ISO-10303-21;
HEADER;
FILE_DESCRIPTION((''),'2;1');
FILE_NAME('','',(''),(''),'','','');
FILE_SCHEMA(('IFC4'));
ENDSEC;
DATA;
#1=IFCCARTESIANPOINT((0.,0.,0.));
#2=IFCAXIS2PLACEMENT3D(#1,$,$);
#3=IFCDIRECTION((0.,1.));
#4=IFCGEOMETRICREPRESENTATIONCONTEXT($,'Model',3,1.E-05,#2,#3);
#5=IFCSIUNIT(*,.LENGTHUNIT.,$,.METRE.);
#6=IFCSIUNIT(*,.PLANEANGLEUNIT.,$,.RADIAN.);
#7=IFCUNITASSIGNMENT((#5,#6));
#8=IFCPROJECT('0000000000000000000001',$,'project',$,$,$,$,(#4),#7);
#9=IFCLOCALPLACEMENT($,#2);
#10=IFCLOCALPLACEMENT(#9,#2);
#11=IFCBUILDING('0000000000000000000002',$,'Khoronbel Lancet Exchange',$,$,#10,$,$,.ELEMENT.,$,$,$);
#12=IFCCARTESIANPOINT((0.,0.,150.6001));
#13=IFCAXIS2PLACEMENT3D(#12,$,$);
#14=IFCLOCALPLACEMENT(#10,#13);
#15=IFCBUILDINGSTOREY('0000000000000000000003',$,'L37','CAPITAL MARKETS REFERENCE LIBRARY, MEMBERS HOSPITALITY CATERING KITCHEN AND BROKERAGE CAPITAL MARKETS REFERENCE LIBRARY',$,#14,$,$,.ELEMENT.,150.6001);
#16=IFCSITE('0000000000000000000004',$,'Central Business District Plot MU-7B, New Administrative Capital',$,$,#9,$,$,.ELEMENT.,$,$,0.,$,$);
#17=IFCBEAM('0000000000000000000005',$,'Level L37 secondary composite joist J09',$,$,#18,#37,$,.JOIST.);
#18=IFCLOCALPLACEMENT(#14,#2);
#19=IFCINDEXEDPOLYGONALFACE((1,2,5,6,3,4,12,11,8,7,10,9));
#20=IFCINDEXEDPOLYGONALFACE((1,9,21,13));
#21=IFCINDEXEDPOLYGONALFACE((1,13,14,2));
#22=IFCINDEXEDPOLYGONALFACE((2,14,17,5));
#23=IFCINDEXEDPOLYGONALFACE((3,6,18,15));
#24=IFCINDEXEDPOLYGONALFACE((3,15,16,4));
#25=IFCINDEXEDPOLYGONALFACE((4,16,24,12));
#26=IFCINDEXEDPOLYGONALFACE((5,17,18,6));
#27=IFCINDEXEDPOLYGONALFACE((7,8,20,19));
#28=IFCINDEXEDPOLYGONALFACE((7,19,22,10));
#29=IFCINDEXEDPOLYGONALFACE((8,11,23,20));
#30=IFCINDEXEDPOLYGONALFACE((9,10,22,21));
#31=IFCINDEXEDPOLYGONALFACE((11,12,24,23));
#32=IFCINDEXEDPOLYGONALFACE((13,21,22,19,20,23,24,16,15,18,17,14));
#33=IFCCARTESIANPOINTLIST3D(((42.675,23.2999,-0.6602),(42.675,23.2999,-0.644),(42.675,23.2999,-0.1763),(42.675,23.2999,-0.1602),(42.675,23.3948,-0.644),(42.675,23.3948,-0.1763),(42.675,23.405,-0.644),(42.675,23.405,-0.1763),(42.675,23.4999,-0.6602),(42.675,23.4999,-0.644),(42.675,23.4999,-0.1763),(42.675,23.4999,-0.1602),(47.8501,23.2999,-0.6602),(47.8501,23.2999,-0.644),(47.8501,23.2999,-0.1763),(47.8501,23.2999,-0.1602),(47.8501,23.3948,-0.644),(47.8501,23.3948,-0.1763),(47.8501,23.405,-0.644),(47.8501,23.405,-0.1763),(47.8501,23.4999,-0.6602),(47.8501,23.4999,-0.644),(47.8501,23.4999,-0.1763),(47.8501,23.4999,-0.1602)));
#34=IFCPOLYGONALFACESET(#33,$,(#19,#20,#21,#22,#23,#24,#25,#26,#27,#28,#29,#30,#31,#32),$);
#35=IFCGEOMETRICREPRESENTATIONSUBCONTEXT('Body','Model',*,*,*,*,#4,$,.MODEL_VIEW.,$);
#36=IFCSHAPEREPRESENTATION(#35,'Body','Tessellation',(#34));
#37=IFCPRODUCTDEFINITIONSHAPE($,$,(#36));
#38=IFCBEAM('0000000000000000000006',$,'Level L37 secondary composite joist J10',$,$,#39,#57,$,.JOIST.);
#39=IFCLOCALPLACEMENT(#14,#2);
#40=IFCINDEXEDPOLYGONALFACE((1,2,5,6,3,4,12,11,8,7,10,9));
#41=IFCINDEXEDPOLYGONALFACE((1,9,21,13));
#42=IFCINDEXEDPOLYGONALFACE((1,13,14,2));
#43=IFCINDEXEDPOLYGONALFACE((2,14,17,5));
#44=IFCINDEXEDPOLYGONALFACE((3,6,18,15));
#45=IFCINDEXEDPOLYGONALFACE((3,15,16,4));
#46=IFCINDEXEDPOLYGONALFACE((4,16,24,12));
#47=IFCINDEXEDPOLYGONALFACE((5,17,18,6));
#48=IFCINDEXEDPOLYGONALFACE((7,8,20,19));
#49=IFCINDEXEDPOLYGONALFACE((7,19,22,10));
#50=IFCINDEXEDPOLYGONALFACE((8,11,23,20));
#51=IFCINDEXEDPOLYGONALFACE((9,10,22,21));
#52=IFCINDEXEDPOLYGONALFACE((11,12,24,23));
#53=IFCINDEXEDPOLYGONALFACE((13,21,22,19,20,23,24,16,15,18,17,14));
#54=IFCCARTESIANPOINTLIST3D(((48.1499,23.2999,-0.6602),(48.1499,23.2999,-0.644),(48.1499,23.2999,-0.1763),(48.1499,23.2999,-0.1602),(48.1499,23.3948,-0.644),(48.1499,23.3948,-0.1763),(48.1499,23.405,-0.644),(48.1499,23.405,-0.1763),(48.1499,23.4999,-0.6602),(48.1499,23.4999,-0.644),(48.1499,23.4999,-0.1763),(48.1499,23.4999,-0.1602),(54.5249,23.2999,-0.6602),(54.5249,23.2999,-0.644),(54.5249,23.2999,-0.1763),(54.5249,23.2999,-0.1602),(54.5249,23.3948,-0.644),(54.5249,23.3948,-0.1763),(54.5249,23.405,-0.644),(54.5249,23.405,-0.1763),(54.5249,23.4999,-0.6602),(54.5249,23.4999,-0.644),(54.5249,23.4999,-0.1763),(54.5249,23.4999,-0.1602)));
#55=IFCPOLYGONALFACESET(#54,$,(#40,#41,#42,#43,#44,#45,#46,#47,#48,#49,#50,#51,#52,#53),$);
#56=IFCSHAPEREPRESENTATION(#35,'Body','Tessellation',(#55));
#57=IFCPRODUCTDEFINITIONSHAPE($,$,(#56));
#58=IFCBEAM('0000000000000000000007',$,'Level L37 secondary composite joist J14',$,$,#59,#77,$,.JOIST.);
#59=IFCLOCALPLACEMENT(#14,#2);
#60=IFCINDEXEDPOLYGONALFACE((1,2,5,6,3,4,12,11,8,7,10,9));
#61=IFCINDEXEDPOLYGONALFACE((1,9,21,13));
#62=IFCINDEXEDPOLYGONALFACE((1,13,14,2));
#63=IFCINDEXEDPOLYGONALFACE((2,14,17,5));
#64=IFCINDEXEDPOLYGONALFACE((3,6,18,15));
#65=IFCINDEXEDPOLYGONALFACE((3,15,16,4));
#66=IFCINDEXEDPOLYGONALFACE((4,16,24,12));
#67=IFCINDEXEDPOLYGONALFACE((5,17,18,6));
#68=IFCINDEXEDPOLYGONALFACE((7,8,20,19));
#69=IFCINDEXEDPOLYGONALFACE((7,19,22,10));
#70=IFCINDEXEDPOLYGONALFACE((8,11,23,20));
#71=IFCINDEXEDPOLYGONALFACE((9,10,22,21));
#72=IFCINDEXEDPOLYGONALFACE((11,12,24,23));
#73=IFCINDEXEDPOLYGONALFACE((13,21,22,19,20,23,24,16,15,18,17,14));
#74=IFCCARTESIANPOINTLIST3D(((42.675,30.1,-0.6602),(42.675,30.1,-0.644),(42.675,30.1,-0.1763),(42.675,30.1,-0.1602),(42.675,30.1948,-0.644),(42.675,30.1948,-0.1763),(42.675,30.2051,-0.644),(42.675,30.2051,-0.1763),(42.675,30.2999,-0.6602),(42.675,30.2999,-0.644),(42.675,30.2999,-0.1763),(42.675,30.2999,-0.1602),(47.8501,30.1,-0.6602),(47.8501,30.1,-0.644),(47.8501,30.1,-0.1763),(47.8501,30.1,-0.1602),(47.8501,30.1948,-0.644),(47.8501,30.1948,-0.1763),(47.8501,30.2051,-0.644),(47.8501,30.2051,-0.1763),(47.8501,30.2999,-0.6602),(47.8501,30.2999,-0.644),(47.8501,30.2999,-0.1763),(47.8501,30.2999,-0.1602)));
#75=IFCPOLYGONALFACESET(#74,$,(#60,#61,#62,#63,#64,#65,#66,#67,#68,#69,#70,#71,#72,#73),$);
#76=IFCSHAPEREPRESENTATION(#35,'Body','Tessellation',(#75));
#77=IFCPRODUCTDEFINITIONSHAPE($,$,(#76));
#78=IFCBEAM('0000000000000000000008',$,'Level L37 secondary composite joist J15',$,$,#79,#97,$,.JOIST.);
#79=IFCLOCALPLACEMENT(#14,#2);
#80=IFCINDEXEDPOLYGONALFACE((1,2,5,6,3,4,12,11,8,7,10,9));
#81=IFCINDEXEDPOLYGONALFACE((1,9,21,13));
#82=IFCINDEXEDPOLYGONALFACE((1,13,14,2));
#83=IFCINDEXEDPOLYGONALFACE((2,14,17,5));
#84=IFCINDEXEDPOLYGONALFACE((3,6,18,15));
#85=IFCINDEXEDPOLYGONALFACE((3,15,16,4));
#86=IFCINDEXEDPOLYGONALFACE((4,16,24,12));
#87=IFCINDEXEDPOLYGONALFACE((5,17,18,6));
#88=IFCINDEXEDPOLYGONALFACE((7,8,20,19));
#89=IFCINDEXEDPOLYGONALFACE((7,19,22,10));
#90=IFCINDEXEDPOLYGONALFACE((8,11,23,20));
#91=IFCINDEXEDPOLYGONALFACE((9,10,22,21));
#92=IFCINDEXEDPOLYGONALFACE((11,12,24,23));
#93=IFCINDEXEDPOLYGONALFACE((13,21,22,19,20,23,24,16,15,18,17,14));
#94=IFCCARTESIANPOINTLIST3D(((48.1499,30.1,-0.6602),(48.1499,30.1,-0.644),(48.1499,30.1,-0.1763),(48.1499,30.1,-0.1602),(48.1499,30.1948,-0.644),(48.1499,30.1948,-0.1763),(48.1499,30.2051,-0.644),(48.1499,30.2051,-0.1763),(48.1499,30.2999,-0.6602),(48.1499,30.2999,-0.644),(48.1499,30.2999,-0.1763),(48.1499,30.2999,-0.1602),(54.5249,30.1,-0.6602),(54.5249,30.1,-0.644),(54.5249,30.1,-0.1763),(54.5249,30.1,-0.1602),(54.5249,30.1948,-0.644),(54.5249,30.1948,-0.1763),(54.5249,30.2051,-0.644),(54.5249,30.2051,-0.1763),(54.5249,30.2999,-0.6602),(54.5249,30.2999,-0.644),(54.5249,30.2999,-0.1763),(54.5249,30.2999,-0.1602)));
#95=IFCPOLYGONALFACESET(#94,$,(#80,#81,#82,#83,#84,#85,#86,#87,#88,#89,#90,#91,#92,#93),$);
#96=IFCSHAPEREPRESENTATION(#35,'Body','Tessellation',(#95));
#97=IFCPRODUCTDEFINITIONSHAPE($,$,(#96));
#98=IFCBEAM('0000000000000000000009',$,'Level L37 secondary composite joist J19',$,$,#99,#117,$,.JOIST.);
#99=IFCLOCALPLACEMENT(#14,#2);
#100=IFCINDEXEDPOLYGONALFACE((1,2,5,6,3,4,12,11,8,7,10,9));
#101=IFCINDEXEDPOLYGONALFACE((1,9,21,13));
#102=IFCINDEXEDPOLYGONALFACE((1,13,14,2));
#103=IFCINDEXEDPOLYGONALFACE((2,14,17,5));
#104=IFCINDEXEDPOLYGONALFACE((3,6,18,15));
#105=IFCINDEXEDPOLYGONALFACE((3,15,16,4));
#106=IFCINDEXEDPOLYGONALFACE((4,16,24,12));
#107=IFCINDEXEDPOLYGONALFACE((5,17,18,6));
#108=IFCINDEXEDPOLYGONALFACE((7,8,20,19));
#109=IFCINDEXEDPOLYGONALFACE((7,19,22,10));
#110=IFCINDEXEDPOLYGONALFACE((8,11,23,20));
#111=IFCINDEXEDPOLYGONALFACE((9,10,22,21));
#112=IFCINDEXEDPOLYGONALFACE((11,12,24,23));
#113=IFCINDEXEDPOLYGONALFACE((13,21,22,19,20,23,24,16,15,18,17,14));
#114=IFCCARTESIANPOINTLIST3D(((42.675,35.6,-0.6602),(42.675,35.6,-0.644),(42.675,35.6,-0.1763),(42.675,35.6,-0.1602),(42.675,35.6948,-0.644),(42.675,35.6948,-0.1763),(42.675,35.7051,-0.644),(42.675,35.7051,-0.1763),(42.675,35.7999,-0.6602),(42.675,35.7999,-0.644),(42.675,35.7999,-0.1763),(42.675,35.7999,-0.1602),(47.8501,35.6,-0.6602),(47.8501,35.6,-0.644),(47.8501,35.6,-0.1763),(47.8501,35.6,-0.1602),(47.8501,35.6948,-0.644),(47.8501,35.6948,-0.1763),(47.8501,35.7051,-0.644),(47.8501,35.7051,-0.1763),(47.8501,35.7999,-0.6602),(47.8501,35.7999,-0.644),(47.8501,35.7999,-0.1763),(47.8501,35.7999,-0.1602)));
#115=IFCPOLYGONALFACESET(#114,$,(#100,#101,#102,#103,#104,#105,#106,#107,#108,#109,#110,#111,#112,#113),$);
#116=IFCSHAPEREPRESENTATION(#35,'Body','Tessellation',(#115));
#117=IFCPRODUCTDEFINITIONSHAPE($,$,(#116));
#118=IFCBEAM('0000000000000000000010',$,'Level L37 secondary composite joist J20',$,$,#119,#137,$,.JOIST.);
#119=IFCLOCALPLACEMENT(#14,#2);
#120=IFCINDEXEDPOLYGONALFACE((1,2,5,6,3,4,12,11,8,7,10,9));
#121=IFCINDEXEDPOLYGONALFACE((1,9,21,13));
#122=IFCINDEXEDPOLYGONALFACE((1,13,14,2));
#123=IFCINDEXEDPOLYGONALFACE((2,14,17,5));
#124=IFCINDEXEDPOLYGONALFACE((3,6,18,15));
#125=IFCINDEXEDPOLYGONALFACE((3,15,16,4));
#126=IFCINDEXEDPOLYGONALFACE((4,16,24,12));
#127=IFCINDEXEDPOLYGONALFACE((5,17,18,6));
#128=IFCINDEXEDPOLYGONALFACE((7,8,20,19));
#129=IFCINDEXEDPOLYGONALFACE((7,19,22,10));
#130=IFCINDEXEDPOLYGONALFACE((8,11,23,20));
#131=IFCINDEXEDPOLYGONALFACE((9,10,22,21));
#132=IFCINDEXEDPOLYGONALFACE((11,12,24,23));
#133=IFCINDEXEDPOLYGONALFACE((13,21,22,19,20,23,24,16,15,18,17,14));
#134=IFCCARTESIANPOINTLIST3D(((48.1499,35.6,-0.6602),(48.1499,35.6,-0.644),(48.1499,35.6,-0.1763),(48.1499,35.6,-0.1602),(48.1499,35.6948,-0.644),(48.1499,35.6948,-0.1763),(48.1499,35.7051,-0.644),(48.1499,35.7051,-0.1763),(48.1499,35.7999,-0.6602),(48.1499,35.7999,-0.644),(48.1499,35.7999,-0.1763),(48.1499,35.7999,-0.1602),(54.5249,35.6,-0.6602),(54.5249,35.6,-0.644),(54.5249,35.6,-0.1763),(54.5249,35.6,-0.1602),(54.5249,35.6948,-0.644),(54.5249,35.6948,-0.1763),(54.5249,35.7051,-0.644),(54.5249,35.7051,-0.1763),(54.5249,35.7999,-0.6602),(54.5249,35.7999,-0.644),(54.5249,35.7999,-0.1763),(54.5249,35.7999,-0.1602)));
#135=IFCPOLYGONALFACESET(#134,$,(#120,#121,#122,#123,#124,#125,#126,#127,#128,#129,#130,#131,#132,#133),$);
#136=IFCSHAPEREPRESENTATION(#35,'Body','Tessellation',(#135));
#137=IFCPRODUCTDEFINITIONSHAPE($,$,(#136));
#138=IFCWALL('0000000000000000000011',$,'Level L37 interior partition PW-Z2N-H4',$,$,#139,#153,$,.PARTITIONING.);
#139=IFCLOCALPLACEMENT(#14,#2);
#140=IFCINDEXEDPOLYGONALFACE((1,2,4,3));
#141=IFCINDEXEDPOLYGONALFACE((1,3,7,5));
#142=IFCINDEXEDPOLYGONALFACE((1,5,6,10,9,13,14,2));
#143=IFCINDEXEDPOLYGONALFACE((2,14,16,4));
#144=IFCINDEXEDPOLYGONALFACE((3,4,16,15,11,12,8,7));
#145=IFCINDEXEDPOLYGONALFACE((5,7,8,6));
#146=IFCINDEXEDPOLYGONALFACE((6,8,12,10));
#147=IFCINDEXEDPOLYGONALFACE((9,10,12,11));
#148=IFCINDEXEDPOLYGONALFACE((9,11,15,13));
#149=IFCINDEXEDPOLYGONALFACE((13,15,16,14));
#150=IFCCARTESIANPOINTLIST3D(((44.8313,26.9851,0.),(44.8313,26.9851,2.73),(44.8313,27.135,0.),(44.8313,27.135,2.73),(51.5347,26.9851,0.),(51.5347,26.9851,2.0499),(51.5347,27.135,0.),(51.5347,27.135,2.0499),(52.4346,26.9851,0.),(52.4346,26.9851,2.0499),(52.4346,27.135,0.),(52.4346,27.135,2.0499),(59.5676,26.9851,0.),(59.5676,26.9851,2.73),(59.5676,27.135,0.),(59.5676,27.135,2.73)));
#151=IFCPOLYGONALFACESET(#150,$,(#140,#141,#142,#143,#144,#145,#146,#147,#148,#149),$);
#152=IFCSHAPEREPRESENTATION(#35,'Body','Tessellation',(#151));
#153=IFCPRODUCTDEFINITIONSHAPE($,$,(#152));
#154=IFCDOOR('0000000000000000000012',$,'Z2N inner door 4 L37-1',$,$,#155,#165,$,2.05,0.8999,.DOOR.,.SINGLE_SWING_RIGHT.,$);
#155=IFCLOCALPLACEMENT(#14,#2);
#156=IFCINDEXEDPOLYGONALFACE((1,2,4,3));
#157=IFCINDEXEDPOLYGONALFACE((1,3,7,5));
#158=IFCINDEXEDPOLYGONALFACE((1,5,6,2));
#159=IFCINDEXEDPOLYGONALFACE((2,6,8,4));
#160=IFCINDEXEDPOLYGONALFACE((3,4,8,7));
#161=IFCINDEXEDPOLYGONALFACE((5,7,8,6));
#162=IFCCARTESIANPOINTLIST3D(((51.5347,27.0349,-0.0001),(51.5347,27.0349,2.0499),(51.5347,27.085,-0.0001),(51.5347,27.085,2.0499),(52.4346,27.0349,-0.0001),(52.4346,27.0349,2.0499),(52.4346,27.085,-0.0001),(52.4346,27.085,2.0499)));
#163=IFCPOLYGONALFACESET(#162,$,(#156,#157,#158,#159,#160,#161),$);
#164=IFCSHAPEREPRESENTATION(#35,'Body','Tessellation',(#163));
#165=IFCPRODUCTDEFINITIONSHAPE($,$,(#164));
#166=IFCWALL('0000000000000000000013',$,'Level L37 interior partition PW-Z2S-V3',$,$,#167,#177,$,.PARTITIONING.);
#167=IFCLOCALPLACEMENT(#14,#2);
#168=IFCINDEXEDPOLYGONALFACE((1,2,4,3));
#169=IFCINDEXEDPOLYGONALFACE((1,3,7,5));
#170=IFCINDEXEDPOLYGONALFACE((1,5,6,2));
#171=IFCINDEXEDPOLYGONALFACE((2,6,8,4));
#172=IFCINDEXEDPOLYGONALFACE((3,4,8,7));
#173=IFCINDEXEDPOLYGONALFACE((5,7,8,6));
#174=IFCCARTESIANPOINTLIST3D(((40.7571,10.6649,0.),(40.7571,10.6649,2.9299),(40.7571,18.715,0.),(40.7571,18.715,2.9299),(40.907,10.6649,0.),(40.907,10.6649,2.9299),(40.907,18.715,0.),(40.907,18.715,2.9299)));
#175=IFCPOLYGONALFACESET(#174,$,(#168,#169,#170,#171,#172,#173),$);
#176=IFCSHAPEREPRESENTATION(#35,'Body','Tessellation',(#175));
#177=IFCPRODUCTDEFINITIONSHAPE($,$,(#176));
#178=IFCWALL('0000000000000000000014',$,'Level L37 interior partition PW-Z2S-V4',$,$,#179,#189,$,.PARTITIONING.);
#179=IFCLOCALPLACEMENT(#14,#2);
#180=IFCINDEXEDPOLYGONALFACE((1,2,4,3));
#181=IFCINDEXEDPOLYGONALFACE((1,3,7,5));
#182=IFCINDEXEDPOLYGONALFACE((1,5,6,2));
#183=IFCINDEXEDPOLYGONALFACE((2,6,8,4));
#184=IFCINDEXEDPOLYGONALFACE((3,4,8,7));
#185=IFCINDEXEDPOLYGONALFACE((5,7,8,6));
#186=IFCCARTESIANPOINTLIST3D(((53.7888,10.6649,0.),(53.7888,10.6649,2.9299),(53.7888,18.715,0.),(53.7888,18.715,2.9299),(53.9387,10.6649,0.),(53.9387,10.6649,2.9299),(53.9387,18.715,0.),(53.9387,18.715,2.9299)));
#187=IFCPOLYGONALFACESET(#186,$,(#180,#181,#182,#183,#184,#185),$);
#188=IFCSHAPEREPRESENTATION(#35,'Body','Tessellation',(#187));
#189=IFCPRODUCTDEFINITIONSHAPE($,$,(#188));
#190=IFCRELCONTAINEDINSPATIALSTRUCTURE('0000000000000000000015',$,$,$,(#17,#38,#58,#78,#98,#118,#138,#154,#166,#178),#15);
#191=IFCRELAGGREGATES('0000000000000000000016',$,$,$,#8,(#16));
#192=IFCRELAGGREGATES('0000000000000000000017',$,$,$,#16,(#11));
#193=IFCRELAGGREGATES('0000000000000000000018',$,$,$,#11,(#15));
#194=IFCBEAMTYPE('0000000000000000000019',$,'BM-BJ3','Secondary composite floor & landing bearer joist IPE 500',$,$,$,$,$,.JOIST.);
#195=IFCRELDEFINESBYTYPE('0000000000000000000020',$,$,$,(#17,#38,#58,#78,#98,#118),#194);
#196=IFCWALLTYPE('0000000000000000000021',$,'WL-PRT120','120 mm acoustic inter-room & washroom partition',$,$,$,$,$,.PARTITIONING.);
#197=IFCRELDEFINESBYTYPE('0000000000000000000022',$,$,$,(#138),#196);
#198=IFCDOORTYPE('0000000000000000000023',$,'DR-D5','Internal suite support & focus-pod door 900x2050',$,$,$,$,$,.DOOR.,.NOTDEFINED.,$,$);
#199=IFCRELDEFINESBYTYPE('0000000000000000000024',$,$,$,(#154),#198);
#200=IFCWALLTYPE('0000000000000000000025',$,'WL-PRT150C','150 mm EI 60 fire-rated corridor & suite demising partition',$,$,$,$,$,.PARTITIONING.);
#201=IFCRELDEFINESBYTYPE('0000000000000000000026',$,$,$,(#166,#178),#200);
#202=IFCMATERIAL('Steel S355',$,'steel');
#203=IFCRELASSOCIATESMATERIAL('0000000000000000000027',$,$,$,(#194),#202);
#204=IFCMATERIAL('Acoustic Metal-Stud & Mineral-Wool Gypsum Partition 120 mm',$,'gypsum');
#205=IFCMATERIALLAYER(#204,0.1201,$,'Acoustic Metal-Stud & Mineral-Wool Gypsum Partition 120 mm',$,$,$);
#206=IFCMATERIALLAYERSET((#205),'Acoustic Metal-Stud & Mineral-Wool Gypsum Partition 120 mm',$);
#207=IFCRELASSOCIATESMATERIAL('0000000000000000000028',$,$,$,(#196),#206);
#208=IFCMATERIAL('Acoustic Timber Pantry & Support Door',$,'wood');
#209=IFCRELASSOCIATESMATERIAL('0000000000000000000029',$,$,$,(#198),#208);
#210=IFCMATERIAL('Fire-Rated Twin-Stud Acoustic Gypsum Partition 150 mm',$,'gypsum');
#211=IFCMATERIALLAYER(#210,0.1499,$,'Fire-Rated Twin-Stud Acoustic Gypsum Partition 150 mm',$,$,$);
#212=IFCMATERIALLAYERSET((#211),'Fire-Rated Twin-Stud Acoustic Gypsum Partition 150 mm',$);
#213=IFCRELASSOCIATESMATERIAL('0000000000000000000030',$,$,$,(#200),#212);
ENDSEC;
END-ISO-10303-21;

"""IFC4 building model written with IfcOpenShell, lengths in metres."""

from ifc_helpers import new_model, si_unit, direction, frame, frame_2d, origin, origin_2d, place, context, subcontext, project, spatial, rectangle, i_section, extrude, material, layer, layer_set, material_profile, profile_set, type_object, element, fill, save


model = new_model("IFC4")

# Units and contexts
model_context = context("Model", 3, precision=1e-05, world=origin(), true_north=direction((0.0, 1.0)))
body_context = subcontext(model_context, "Body", "Model", "MODEL_VIEW")
ifc_project = project(units=[si_unit("LENGTHUNIT", "METRE"), si_unit("PLANEANGLEUNIT", "RADIAN")], contexts=[model_context])

# Site, building, storey
site_placement = place(None, origin())
site = spatial("IfcSite", under=ifc_project, at=site_placement, Name="Central Business District Plot MU-7B, New Administrative Capital", CompositionType="ELEMENT", RefElevation=0.0)
building_placement = place(site_placement, origin())
building = spatial("IfcBuilding", under=site, at=building_placement, Name="Khoronbel Lancet Exchange", CompositionType="ELEMENT")
storey_placement = place(building_placement, frame((0.0, 0.0, 150.6001)))
storey = spatial("IfcBuildingStorey", under=building, at=storey_placement, Name="L37", Description="CAPITAL MARKETS REFERENCE LIBRARY, MEMBERS HOSPITALITY CATERING KITCHEN AND BROKERAGE CAPITAL MARKETS REFERENCE LIBRARY", CompositionType="ELEMENT", Elevation=150.6001)

# Beams
ifc_material_1 = material(Name="Steel S355", Category="steel")
ifc_material_profile_1 = material_profile(ifc_material_1, i_section(OverallWidth=0.2, OverallDepth=0.5, WebThickness=0.0103, FlangeThickness=0.0161, at=origin_2d()), Name="IPE 500")
ifc_profile_set_1 = profile_set([ifc_material_profile_1], Name="Steel S355")
beam_type_1 = type_object("IfcBeamType", Name="BM-BJ3", Description="Secondary composite floor & landing bearer joist IPE 500", PredefinedType="JOIST", material=ifc_profile_set_1)
beam_1_placement = place(storey_placement, frame((42.675, 23.3999, -0.4102), z_axis=(1.0, 0.0, 0.0), x_axis=(0.0, 1.0, 0.0)))
element("IfcBeam", 1, at=beam_1_placement, inside=storey, type_object=beam_type_1, Name="Level L37 secondary composite joist J09", PredefinedType="JOIST", context=body_context, shape_type="SweptSolid", body=[
    extrude(i_section(OverallWidth=0.2, OverallDepth=0.5, WebThickness=0.0103, FlangeThickness=0.0161, at=origin_2d()), origin(), (0.0, 0.0, 1.0), 5.175),
])
beam_2_placement = place(storey_placement, frame((48.1499, 23.3999, -0.4102), z_axis=(1.0, 0.0, 0.0), x_axis=(0.0, 1.0, 0.0)))
element("IfcBeam", 2, at=beam_2_placement, inside=storey, type_object=beam_type_1, Name="Level L37 secondary composite joist J10", PredefinedType="JOIST", context=body_context, shape_type="SweptSolid", body=[
    extrude(i_section(OverallWidth=0.2, OverallDepth=0.5, WebThickness=0.0103, FlangeThickness=0.0161, at=origin_2d()), origin(), (0.0, 0.0, 1.0), 6.375),
])
beam_3_placement = place(storey_placement, frame((42.675, 30.2, -0.4102), z_axis=(1.0, 0.0, 0.0), x_axis=(0.0, 1.0, 0.0)))
element("IfcBeam", 3, at=beam_3_placement, inside=storey, type_object=beam_type_1, Name="Level L37 secondary composite joist J14", PredefinedType="JOIST", context=body_context, shape_type="SweptSolid", body=[
    extrude(i_section(OverallWidth=0.2, OverallDepth=0.5, WebThickness=0.0103, FlangeThickness=0.0161, at=origin_2d()), origin(), (0.0, 0.0, 1.0), 5.175),
])
beam_4_placement = place(storey_placement, frame((48.1499, 30.2, -0.4102), z_axis=(1.0, 0.0, 0.0), x_axis=(0.0, 1.0, 0.0)))
element("IfcBeam", 4, at=beam_4_placement, inside=storey, type_object=beam_type_1, Name="Level L37 secondary composite joist J15", PredefinedType="JOIST", context=body_context, shape_type="SweptSolid", body=[
    extrude(i_section(OverallWidth=0.2, OverallDepth=0.5, WebThickness=0.0103, FlangeThickness=0.0161, at=origin_2d()), origin(), (0.0, 0.0, 1.0), 6.375),
])
beam_5_placement = place(storey_placement, frame((42.675, 35.7, -0.4102), z_axis=(1.0, 0.0, 0.0), x_axis=(0.0, 1.0, 0.0)))
element("IfcBeam", 5, at=beam_5_placement, inside=storey, type_object=beam_type_1, Name="Level L37 secondary composite joist J19", PredefinedType="JOIST", context=body_context, shape_type="SweptSolid", body=[
    extrude(i_section(OverallWidth=0.2, OverallDepth=0.5, WebThickness=0.0103, FlangeThickness=0.0161, at=origin_2d()), origin(), (0.0, 0.0, 1.0), 5.175),
])
beam_6_placement = place(storey_placement, frame((48.1499, 35.7, -0.4102), z_axis=(1.0, 0.0, 0.0), x_axis=(0.0, 1.0, 0.0)))
element("IfcBeam", 6, at=beam_6_placement, inside=storey, type_object=beam_type_1, Name="Level L37 secondary composite joist J20", PredefinedType="JOIST", context=body_context, shape_type="SweptSolid", body=[
    extrude(i_section(OverallWidth=0.2, OverallDepth=0.5, WebThickness=0.0103, FlangeThickness=0.0161, at=origin_2d()), origin(), (0.0, 0.0, 1.0), 6.375),
])

# Wall, opening, door
ifc_material_2 = material(Name="Acoustic Metal-Stud & Mineral-Wool Gypsum Partition 120 mm", Category="gypsum")
ifc_layer_1 = layer(ifc_material_2, 0.1201, Name="Acoustic Metal-Stud & Mineral-Wool Gypsum Partition 120 mm")
ifc_layer_set_1 = layer_set([ifc_layer_1], Name="Acoustic Metal-Stud & Mineral-Wool Gypsum Partition 120 mm")
wall_type_1 = type_object("IfcWallType", Name="WL-PRT120", Description="120 mm acoustic inter-room & washroom partition", PredefinedType="PARTITIONING", material=ifc_layer_set_1)
wall_1_placement = place(storey_placement, frame((44.8313, 27.0601, 0.0), z_axis=(0.0, 0.0, 1.0), x_axis=(1.0, 0.0, 0.0)))
wall_1 = element("IfcWall", 7, at=wall_1_placement, inside=storey, type_object=wall_type_1, Name="Level L37 interior partition PW-Z2N-H4", PredefinedType="PARTITIONING", context=body_context, shape_type="SweptSolid", body=[
    extrude(rectangle(XDim=14.7363, YDim=0.1499, at=frame_2d((7.3682, 0.0))), origin(), (0.0, 0.0, 1.0), 2.73),
])
opening_1_placement = place(wall_1_placement, frame((6.7034, 0.0, 0.0)))
opening_1 = element("IfcOpeningElement", 8, at=opening_1_placement, cuts=wall_1, PredefinedType="OPENING", context=body_context, shape_type="SweptSolid", body=[
    extrude(rectangle(XDim=0.8999, YDim=2.05, at=frame_2d((0.45, 1.0249))), frame((0.0, 0.085, 0.0), z_axis=(0.0, -1.0, 0.0), x_axis=(1.0, 0.0, 0.0)), (0.0, 0.0, 1.0), 0.1699),
])
ifc_material_3 = material(Name="Acoustic Timber Pantry & Support Door", Category="wood")
door_type_1 = type_object("IfcDoorType", Name="DR-D5", Description="Internal suite support & focus-pod door 900x2050", OperationType="NOTDEFINED", PredefinedType="DOOR", material=ifc_material_3)
door_1_placement = place(opening_1_placement, origin())
door_1 = element("IfcDoor", 9, at=door_1_placement, inside=storey, type_object=door_type_1, Name="Z2N inner door 4 L37-1", OperationType="SINGLE_SWING_RIGHT", OverallHeight=2.05, OverallWidth=0.8999, PredefinedType="DOOR", context=body_context, shape_type="SweptSolid", body=[
    extrude(rectangle(XDim=0.8999, YDim=2.05, at=frame_2d((0.45, 1.0249))), frame((0.0, 0.0249, 0.0), z_axis=(0.0, -1.0, 0.0), x_axis=(1.0, 0.0, 0.0)), (0.0, 0.0, 1.0), 0.05),
])
fill(opening_1, door_1)

# Walls
ifc_material_4 = material(Name="Fire-Rated Twin-Stud Acoustic Gypsum Partition 150 mm", Category="gypsum")
ifc_layer_2 = layer(ifc_material_4, 0.1499, Name="Fire-Rated Twin-Stud Acoustic Gypsum Partition 150 mm")
ifc_layer_set_2 = layer_set([ifc_layer_2], Name="Fire-Rated Twin-Stud Acoustic Gypsum Partition 150 mm")
wall_type_2 = type_object("IfcWallType", Name="WL-PRT150C", Description="150 mm EI 60 fire-rated corridor & suite demising partition", PredefinedType="PARTITIONING", material=ifc_layer_set_2)
for number, where, z_axis, x_axis, name in (
    (10, (40.832, 10.665, 0.0), (0.0, 0.0, 1.0), (0.0, 1.0, 0.0), "Level L37 interior partition PW-Z2S-V3"),
    (11, (53.8638, 10.665, 0.0), (0.0, 0.0, 1.0), (0.0, 1.0, 0.0), "Level L37 interior partition PW-Z2S-V4"),
):
    element("IfcWall", number, at=place(storey_placement, frame(where, z_axis=z_axis, x_axis=x_axis)), inside=storey, type_object=wall_type_2, Name=name, PredefinedType="PARTITIONING", context=body_context, shape_type="SweptSolid", body=[
        extrude(rectangle(XDim=8.05, YDim=0.1499, at=frame_2d((4.0249, 0.0))), origin(), (0.0, 0.0, 1.0), 2.9299),
    ])

save(model, "model.ifc")
